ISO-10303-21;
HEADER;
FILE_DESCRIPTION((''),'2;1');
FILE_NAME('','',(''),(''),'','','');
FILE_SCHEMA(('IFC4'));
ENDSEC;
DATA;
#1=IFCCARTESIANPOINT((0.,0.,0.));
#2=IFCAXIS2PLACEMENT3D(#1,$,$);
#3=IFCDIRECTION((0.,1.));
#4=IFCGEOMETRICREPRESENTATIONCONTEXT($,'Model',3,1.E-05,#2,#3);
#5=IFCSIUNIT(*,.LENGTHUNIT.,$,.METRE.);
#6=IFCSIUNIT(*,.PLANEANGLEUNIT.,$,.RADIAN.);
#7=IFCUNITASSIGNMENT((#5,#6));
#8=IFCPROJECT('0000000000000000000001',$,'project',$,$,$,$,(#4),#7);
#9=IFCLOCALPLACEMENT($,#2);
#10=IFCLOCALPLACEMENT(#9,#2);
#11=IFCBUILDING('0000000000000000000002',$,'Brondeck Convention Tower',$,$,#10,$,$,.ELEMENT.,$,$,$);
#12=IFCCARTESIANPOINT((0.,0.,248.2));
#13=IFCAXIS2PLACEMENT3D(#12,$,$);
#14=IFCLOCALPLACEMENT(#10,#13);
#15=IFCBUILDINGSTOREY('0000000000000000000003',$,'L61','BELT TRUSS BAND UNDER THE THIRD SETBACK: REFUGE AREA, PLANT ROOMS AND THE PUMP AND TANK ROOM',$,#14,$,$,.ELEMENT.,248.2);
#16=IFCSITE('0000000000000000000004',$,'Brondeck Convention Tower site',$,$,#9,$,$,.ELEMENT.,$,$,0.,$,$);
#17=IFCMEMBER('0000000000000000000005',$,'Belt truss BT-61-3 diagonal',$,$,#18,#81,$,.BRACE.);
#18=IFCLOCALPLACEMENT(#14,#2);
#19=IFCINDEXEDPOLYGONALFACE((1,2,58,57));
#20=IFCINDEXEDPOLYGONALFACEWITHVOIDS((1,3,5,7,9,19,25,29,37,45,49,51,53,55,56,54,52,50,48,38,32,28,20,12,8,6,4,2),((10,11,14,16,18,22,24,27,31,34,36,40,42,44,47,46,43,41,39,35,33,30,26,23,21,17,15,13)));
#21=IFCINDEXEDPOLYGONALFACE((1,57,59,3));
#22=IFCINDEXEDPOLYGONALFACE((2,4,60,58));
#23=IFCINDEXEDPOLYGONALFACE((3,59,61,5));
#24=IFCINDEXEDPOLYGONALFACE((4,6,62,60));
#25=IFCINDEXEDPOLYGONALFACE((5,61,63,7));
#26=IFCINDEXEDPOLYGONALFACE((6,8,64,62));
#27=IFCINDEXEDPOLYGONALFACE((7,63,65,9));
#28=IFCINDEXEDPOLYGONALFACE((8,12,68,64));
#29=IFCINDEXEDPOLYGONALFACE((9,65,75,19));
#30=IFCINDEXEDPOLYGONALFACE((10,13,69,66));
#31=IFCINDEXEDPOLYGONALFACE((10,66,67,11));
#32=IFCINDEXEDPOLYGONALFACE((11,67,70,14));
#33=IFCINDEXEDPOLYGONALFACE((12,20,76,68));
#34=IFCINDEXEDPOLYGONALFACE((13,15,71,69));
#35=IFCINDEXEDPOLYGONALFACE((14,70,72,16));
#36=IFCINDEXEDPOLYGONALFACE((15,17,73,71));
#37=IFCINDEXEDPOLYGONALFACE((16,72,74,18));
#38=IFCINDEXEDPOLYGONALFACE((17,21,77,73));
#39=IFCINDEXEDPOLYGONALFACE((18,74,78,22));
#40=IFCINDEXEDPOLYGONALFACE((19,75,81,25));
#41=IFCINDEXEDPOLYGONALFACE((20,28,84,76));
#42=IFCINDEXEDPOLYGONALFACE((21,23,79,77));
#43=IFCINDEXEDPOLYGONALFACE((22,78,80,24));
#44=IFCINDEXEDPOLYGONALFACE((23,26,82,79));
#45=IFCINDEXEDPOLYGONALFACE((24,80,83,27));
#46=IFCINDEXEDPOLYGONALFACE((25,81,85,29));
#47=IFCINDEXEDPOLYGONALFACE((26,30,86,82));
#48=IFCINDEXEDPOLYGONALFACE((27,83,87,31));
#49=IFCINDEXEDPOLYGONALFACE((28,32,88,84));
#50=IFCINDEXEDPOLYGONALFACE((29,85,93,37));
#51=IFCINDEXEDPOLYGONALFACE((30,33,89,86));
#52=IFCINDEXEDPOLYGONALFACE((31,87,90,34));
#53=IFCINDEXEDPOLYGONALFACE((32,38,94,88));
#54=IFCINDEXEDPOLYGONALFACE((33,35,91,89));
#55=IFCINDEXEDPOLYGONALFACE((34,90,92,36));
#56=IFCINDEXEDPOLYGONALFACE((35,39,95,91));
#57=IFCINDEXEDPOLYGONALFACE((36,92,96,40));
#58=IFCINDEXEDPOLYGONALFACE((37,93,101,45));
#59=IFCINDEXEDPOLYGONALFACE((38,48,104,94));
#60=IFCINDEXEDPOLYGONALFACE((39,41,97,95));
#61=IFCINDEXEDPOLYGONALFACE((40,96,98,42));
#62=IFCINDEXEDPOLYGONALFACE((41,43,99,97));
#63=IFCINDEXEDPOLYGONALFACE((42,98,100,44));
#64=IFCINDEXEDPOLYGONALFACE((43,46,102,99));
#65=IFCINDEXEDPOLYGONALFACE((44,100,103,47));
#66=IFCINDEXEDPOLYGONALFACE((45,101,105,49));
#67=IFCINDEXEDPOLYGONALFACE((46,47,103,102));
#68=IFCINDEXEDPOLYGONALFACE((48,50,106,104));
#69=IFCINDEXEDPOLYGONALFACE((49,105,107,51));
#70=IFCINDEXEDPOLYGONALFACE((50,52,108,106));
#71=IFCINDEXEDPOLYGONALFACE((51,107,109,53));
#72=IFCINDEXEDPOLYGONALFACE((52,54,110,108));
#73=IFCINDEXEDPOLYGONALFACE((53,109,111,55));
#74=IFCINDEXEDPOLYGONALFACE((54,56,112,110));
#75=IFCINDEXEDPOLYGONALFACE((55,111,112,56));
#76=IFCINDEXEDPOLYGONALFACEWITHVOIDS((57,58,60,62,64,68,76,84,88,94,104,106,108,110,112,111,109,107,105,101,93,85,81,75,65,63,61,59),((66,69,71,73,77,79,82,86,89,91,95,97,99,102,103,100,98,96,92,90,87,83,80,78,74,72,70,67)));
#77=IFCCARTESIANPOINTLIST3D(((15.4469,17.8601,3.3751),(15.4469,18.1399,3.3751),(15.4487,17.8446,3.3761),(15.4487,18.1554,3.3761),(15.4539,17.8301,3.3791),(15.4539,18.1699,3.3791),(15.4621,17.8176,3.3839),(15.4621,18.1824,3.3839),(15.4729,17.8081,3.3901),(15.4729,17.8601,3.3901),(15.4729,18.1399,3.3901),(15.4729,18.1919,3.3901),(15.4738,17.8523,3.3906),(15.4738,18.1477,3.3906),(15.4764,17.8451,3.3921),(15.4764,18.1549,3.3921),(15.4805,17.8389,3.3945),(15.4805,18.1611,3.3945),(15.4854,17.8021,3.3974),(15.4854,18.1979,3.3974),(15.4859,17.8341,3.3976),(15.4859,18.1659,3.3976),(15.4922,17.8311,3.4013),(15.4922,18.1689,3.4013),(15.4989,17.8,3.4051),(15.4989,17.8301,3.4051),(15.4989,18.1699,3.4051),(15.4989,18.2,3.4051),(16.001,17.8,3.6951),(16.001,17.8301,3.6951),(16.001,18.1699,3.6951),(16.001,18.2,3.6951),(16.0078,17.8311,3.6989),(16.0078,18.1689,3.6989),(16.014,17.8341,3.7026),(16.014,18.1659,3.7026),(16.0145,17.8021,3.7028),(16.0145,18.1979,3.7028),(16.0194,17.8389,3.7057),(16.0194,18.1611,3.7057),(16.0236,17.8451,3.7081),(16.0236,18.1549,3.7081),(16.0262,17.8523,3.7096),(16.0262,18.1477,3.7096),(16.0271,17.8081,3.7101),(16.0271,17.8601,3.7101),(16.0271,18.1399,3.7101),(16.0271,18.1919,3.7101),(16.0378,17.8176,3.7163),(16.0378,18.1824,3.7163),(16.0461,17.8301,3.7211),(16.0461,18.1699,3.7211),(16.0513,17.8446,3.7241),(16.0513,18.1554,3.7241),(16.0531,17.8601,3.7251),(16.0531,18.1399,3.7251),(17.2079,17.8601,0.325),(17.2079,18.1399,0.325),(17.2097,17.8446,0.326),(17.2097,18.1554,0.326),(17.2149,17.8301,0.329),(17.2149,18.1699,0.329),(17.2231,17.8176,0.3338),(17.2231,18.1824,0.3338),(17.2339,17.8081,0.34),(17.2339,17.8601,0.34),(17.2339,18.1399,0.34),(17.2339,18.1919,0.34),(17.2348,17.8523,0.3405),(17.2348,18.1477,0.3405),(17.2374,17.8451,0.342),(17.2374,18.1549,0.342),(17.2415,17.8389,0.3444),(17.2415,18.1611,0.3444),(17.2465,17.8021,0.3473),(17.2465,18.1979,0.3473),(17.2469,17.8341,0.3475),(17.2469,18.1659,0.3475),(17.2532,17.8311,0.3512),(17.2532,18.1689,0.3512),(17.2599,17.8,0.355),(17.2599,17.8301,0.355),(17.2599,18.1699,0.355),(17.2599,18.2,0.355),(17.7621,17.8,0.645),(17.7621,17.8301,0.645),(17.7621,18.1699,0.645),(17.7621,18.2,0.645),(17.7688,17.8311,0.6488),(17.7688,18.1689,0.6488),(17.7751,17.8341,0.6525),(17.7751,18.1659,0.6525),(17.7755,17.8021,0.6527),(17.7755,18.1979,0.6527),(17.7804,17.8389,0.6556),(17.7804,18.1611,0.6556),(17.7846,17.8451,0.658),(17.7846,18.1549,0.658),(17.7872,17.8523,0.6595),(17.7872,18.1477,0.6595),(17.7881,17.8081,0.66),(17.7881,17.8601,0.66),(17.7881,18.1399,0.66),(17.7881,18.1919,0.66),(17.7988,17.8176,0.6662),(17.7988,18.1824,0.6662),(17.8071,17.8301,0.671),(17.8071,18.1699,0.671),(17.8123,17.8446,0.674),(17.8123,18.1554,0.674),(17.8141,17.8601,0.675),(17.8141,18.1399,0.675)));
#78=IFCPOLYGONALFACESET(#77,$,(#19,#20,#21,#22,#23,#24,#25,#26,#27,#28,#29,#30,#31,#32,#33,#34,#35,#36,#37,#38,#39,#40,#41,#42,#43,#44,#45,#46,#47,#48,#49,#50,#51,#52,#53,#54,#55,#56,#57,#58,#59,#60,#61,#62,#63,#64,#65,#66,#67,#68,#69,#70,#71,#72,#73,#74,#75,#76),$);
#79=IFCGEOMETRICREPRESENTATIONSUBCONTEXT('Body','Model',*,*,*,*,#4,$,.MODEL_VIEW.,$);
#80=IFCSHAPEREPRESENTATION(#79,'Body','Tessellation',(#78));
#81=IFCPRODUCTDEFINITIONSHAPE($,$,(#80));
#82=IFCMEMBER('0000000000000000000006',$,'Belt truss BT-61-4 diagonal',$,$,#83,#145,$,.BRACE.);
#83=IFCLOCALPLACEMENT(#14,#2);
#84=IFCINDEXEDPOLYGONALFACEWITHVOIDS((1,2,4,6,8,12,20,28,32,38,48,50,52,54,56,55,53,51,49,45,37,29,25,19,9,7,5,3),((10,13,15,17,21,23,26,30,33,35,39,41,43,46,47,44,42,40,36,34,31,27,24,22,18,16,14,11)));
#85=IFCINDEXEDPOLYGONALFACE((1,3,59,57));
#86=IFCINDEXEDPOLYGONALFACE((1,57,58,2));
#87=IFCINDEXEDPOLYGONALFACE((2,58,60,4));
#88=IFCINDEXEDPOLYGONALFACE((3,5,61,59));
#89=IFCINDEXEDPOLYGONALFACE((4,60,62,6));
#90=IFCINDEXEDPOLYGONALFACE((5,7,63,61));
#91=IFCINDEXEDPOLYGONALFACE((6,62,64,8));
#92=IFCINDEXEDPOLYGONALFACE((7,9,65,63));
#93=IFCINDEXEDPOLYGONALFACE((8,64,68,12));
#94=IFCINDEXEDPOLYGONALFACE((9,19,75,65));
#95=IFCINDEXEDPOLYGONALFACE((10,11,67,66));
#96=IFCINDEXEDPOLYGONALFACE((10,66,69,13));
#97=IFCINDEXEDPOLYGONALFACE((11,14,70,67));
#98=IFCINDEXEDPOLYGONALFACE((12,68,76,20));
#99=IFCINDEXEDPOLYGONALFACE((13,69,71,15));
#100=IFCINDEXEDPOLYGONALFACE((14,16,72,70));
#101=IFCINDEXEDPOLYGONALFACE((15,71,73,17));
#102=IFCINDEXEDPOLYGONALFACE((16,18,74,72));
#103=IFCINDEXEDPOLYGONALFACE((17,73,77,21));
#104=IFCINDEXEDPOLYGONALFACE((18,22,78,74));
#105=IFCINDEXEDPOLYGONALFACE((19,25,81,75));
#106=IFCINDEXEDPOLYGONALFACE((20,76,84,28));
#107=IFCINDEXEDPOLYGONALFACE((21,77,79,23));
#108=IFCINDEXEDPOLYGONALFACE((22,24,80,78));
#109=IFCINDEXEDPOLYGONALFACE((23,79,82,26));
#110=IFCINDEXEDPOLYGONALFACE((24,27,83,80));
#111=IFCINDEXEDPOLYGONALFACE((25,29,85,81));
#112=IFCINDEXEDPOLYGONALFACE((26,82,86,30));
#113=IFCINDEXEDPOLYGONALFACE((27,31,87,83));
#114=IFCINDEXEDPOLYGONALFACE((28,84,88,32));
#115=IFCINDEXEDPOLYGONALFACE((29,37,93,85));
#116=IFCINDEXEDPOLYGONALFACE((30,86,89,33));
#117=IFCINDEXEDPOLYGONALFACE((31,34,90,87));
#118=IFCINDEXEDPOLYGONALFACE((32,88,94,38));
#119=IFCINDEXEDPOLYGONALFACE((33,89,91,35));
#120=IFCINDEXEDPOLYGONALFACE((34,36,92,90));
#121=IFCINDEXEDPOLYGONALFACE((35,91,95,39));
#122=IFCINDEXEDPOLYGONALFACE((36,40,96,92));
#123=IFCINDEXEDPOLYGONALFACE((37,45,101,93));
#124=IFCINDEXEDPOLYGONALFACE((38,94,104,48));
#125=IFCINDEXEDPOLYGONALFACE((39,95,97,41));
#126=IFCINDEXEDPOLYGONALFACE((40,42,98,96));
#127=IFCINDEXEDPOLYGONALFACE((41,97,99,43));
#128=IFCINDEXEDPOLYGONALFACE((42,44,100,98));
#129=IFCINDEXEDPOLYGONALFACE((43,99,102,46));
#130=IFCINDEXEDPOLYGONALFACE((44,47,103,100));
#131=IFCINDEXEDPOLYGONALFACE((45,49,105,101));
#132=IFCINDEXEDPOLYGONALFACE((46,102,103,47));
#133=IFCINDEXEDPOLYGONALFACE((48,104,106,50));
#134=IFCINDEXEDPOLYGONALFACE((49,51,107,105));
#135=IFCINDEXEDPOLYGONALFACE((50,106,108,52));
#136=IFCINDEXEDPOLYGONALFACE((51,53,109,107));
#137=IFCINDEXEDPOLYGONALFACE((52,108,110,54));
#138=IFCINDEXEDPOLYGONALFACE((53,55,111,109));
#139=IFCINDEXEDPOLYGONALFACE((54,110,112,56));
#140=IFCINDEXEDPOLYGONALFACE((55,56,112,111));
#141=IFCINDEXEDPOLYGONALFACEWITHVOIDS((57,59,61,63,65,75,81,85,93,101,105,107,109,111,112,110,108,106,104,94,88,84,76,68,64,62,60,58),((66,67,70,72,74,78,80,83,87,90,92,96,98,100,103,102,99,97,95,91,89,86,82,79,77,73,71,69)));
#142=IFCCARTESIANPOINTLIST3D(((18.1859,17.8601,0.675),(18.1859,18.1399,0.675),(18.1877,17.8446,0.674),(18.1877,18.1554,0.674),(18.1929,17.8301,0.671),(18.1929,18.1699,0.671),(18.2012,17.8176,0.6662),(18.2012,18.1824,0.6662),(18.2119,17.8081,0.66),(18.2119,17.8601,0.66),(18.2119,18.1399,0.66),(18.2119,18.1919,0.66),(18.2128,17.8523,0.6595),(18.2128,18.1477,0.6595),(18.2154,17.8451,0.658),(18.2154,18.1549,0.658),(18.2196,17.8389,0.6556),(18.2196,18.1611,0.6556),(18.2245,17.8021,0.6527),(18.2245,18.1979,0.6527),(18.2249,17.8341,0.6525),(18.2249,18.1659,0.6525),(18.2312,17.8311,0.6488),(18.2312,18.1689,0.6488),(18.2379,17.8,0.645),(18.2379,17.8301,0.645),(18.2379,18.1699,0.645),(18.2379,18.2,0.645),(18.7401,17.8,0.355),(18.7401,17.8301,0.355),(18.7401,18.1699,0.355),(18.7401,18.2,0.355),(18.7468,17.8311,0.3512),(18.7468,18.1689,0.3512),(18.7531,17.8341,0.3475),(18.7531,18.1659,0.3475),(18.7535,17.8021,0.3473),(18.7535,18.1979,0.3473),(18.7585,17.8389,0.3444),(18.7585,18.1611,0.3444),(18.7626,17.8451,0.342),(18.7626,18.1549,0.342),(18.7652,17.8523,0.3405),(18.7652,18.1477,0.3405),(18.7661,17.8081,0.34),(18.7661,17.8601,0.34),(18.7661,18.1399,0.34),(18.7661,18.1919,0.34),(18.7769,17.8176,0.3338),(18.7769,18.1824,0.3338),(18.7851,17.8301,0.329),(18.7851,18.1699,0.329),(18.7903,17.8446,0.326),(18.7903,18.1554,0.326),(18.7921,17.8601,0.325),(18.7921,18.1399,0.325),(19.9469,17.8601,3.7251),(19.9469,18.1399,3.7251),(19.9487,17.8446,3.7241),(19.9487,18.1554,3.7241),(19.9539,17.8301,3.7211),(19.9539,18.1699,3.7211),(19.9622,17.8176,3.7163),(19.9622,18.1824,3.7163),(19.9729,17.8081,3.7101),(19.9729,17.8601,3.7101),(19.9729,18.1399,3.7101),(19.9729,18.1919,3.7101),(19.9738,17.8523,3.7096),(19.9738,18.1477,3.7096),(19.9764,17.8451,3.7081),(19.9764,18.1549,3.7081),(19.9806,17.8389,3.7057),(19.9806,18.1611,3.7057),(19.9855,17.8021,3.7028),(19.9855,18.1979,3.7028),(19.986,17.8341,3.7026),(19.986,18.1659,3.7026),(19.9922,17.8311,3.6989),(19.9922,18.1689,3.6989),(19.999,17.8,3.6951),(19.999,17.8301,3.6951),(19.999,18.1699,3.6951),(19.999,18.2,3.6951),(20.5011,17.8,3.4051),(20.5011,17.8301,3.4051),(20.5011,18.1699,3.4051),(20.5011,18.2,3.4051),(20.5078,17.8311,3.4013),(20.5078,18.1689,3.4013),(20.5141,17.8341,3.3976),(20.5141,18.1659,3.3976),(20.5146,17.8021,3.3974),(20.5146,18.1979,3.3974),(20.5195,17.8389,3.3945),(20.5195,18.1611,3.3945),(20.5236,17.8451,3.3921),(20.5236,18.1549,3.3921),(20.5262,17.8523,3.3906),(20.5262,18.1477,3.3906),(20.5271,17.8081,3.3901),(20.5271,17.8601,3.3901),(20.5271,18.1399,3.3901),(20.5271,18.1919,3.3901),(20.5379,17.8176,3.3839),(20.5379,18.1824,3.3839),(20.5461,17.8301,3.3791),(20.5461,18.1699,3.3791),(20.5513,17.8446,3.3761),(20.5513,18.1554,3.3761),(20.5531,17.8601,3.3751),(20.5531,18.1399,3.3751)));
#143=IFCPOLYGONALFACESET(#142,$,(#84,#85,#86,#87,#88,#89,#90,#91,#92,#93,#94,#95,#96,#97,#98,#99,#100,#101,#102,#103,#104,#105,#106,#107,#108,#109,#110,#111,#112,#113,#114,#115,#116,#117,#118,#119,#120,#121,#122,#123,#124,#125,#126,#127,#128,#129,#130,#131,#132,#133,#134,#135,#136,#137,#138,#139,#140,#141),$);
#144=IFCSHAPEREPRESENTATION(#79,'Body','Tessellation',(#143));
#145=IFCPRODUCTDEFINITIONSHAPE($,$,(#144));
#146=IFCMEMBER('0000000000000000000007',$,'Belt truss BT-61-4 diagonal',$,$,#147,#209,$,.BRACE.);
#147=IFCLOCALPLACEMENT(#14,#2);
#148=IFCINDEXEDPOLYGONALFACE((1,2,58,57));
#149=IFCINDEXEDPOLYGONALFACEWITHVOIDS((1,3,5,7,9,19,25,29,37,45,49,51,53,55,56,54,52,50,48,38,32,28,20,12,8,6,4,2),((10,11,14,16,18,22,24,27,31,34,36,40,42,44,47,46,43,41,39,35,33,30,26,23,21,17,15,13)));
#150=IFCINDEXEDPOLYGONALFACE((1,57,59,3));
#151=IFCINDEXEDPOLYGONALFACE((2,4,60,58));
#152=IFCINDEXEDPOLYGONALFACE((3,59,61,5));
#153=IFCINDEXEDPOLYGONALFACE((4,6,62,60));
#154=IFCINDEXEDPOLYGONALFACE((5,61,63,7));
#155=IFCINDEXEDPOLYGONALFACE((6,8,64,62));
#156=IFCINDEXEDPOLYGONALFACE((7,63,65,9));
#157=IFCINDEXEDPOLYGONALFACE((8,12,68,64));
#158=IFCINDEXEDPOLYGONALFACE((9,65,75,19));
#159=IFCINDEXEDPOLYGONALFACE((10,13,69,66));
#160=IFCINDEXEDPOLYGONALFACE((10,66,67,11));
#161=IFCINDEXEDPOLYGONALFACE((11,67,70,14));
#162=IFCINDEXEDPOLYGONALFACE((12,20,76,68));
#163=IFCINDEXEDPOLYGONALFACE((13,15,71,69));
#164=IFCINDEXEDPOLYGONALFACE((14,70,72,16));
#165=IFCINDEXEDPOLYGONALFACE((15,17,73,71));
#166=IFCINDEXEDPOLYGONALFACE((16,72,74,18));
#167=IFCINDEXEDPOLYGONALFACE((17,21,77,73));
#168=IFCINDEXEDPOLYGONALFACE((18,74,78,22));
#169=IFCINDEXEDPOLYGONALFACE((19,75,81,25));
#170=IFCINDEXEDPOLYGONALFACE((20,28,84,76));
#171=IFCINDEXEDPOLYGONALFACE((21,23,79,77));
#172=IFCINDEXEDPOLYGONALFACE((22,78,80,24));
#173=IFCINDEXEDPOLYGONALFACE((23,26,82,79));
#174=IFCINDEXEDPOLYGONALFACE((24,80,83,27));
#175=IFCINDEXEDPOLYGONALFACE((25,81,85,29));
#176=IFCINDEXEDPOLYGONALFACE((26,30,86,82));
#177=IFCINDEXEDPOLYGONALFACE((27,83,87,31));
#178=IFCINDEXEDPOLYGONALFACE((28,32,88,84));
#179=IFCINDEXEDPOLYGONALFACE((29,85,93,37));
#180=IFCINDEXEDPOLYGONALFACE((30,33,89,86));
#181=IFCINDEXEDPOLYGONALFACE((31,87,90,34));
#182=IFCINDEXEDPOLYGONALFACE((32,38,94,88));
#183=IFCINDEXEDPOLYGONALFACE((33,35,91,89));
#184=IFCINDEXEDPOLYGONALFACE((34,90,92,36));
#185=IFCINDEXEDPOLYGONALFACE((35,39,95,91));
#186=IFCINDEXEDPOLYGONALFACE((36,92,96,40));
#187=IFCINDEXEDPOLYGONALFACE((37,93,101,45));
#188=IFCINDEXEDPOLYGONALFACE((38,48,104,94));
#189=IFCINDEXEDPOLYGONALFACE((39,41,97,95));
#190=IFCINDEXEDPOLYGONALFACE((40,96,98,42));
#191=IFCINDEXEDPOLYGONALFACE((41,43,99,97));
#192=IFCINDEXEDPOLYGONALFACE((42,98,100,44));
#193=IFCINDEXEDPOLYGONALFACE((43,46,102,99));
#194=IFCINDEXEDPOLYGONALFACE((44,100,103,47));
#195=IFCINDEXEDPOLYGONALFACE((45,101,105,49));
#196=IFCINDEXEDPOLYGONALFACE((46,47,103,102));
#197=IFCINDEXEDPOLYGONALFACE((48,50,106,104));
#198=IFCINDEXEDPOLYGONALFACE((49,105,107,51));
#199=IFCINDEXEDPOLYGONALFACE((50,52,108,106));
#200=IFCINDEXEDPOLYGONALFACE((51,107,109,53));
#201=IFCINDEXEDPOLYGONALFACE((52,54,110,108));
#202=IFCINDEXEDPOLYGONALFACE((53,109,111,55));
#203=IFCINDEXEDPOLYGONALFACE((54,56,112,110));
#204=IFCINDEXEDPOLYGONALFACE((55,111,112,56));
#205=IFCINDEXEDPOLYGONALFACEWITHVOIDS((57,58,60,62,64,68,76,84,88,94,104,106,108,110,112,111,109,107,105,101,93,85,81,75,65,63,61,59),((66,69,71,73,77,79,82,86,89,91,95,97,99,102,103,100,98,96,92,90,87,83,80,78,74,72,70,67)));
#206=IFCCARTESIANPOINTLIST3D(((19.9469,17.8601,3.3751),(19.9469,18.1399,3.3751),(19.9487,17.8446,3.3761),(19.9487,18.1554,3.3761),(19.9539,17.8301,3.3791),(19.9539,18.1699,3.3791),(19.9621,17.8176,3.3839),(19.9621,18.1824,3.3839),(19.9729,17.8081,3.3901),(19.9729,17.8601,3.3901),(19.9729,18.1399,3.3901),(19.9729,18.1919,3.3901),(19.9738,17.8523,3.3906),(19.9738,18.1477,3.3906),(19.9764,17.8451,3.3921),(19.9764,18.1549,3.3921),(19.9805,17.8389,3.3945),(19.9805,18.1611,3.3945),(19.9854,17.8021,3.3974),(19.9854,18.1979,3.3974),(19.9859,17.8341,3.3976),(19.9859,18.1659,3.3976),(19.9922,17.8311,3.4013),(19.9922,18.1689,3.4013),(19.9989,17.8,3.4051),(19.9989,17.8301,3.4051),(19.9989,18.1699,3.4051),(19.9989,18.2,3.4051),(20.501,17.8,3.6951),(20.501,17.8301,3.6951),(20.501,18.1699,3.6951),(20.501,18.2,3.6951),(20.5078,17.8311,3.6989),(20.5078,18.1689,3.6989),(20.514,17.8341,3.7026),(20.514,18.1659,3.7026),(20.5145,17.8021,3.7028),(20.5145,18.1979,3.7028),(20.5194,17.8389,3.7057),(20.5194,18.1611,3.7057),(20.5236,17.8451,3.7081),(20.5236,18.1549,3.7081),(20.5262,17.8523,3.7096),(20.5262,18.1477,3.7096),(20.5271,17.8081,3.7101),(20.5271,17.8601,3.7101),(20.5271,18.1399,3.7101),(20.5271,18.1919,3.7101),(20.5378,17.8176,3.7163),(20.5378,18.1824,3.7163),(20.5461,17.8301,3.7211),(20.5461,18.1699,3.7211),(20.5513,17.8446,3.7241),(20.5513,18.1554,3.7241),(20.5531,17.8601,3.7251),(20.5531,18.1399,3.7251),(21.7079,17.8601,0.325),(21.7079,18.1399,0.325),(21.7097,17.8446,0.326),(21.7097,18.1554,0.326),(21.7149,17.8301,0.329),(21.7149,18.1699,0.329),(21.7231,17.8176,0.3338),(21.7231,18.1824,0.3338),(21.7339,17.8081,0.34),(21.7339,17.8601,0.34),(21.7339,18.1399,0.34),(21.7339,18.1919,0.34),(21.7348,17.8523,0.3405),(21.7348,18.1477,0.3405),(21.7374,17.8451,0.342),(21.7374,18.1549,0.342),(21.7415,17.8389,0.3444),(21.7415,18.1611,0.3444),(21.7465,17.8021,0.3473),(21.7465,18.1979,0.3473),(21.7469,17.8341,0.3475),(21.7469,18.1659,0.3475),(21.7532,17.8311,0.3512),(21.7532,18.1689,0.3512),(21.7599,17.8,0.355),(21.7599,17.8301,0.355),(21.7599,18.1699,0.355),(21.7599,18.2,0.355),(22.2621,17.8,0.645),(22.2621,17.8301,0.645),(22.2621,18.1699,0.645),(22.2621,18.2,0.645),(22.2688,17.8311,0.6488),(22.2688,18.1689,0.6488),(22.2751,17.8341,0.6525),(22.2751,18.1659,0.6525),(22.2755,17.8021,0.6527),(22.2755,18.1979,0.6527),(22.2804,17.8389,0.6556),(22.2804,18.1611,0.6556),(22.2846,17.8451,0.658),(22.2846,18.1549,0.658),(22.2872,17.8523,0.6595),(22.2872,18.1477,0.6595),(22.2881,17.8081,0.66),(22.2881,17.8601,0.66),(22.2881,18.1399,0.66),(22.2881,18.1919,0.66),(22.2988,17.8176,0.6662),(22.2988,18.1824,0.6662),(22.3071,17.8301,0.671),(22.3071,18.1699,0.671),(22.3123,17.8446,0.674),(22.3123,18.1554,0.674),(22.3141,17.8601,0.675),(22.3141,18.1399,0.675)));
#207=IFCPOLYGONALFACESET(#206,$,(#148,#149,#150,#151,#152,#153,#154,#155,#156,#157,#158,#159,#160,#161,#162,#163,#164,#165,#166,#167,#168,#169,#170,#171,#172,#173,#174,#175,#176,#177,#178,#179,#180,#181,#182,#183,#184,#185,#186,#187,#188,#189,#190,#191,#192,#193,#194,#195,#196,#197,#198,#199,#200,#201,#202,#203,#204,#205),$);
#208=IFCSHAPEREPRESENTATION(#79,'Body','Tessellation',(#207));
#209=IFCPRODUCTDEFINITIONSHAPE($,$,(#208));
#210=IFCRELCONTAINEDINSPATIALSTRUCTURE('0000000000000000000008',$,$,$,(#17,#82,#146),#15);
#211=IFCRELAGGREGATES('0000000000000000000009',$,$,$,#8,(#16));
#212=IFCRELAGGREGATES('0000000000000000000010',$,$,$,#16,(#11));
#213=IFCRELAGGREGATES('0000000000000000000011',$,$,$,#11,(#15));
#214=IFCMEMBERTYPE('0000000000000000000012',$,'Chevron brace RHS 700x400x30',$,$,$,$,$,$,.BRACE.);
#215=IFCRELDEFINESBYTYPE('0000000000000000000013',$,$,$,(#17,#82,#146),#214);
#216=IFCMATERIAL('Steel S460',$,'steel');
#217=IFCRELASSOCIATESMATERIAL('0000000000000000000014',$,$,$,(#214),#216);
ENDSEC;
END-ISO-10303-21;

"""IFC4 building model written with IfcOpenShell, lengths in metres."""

from ifc_helpers import new_model, si_unit, direction, frame, origin, origin_2d, place, context, subcontext, project, spatial, hollow_rectangle, extrude, material, material_profile, profile_set, type_object, element, save


model = new_model("IFC4")

# Units and contexts
model_context = context("Model", 3, precision=1e-05, world=origin(), true_north=direction((0.0, 1.0)))
body_context = subcontext(model_context, "Body", "Model", "MODEL_VIEW")
ifc_project = project(units=[si_unit("LENGTHUNIT", "METRE"), si_unit("PLANEANGLEUNIT", "RADIAN")], contexts=[model_context])

# Site, building, storey
site_placement = place(None, origin())
site = spatial("IfcSite", under=ifc_project, at=site_placement, Name="Brondeck Convention Tower site", CompositionType="ELEMENT", RefElevation=0.0)
building_placement = place(site_placement, origin())
building = spatial("IfcBuilding", under=site, at=building_placement, Name="Brondeck Convention Tower", CompositionType="ELEMENT")
storey_placement = place(building_placement, frame((0.0, 0.0, 248.2)))
storey = spatial("IfcBuildingStorey", under=building, at=storey_placement, Name="L61", Description="BELT TRUSS BAND UNDER THE THIRD SETBACK: REFUGE AREA, PLANT ROOMS AND THE PUMP AND TANK ROOM", CompositionType="ELEMENT", Elevation=248.2)

# Members
ifc_material_1 = material(Name="Steel S460", Category="steel")
ifc_material_profile_1 = material_profile(ifc_material_1, hollow_rectangle(XDim=0.3999, YDim=0.7, WallThickness=0.03, InnerFilletRadius=0.03, OuterFilletRadius=0.0601, at=origin_2d()), Name="RHS 700x400x30")
ifc_profile_set_1 = profile_set([ifc_material_profile_1], Name="Steel S460")
member_type_1 = type_object("IfcMemberType", Name="Chevron brace RHS 700x400x30", PredefinedType="BRACE", material=ifc_profile_set_1)
for number, where, z_axis, x_axis, name in (
    (1, (17.511, 18.0, 0.5), (-0.500008, 0.0, 0.866021), (0.0, -1.0, 0.0), "Belt truss BT-61-3 diagonal"),
    (2, (18.489, 18.0, 0.5), (0.500008, 0.0, 0.866021), (0.0, 1.0, 0.0), "Belt truss BT-61-4 diagonal"),
    (3, (22.011, 18.0, 0.5), (-0.500008, 0.0, 0.866021), (0.0, -1.0, 0.0), "Belt truss BT-61-4 diagonal"),
):
    element("IfcMember", number, at=place(storey_placement, frame(where, z_axis=z_axis, x_axis=x_axis)), inside=storey, type_object=member_type_1, Name=name, PredefinedType="BRACE", context=body_context, shape_type="SweptSolid", body=[
        extrude(hollow_rectangle(XDim=0.3999, YDim=0.7, WallThickness=0.03, InnerFilletRadius=0.03, OuterFilletRadius=0.0601, at=origin_2d()), origin(), (0.0, 0.0, 1.0), 3.522),
    ])

save(model, "model.ifc")
